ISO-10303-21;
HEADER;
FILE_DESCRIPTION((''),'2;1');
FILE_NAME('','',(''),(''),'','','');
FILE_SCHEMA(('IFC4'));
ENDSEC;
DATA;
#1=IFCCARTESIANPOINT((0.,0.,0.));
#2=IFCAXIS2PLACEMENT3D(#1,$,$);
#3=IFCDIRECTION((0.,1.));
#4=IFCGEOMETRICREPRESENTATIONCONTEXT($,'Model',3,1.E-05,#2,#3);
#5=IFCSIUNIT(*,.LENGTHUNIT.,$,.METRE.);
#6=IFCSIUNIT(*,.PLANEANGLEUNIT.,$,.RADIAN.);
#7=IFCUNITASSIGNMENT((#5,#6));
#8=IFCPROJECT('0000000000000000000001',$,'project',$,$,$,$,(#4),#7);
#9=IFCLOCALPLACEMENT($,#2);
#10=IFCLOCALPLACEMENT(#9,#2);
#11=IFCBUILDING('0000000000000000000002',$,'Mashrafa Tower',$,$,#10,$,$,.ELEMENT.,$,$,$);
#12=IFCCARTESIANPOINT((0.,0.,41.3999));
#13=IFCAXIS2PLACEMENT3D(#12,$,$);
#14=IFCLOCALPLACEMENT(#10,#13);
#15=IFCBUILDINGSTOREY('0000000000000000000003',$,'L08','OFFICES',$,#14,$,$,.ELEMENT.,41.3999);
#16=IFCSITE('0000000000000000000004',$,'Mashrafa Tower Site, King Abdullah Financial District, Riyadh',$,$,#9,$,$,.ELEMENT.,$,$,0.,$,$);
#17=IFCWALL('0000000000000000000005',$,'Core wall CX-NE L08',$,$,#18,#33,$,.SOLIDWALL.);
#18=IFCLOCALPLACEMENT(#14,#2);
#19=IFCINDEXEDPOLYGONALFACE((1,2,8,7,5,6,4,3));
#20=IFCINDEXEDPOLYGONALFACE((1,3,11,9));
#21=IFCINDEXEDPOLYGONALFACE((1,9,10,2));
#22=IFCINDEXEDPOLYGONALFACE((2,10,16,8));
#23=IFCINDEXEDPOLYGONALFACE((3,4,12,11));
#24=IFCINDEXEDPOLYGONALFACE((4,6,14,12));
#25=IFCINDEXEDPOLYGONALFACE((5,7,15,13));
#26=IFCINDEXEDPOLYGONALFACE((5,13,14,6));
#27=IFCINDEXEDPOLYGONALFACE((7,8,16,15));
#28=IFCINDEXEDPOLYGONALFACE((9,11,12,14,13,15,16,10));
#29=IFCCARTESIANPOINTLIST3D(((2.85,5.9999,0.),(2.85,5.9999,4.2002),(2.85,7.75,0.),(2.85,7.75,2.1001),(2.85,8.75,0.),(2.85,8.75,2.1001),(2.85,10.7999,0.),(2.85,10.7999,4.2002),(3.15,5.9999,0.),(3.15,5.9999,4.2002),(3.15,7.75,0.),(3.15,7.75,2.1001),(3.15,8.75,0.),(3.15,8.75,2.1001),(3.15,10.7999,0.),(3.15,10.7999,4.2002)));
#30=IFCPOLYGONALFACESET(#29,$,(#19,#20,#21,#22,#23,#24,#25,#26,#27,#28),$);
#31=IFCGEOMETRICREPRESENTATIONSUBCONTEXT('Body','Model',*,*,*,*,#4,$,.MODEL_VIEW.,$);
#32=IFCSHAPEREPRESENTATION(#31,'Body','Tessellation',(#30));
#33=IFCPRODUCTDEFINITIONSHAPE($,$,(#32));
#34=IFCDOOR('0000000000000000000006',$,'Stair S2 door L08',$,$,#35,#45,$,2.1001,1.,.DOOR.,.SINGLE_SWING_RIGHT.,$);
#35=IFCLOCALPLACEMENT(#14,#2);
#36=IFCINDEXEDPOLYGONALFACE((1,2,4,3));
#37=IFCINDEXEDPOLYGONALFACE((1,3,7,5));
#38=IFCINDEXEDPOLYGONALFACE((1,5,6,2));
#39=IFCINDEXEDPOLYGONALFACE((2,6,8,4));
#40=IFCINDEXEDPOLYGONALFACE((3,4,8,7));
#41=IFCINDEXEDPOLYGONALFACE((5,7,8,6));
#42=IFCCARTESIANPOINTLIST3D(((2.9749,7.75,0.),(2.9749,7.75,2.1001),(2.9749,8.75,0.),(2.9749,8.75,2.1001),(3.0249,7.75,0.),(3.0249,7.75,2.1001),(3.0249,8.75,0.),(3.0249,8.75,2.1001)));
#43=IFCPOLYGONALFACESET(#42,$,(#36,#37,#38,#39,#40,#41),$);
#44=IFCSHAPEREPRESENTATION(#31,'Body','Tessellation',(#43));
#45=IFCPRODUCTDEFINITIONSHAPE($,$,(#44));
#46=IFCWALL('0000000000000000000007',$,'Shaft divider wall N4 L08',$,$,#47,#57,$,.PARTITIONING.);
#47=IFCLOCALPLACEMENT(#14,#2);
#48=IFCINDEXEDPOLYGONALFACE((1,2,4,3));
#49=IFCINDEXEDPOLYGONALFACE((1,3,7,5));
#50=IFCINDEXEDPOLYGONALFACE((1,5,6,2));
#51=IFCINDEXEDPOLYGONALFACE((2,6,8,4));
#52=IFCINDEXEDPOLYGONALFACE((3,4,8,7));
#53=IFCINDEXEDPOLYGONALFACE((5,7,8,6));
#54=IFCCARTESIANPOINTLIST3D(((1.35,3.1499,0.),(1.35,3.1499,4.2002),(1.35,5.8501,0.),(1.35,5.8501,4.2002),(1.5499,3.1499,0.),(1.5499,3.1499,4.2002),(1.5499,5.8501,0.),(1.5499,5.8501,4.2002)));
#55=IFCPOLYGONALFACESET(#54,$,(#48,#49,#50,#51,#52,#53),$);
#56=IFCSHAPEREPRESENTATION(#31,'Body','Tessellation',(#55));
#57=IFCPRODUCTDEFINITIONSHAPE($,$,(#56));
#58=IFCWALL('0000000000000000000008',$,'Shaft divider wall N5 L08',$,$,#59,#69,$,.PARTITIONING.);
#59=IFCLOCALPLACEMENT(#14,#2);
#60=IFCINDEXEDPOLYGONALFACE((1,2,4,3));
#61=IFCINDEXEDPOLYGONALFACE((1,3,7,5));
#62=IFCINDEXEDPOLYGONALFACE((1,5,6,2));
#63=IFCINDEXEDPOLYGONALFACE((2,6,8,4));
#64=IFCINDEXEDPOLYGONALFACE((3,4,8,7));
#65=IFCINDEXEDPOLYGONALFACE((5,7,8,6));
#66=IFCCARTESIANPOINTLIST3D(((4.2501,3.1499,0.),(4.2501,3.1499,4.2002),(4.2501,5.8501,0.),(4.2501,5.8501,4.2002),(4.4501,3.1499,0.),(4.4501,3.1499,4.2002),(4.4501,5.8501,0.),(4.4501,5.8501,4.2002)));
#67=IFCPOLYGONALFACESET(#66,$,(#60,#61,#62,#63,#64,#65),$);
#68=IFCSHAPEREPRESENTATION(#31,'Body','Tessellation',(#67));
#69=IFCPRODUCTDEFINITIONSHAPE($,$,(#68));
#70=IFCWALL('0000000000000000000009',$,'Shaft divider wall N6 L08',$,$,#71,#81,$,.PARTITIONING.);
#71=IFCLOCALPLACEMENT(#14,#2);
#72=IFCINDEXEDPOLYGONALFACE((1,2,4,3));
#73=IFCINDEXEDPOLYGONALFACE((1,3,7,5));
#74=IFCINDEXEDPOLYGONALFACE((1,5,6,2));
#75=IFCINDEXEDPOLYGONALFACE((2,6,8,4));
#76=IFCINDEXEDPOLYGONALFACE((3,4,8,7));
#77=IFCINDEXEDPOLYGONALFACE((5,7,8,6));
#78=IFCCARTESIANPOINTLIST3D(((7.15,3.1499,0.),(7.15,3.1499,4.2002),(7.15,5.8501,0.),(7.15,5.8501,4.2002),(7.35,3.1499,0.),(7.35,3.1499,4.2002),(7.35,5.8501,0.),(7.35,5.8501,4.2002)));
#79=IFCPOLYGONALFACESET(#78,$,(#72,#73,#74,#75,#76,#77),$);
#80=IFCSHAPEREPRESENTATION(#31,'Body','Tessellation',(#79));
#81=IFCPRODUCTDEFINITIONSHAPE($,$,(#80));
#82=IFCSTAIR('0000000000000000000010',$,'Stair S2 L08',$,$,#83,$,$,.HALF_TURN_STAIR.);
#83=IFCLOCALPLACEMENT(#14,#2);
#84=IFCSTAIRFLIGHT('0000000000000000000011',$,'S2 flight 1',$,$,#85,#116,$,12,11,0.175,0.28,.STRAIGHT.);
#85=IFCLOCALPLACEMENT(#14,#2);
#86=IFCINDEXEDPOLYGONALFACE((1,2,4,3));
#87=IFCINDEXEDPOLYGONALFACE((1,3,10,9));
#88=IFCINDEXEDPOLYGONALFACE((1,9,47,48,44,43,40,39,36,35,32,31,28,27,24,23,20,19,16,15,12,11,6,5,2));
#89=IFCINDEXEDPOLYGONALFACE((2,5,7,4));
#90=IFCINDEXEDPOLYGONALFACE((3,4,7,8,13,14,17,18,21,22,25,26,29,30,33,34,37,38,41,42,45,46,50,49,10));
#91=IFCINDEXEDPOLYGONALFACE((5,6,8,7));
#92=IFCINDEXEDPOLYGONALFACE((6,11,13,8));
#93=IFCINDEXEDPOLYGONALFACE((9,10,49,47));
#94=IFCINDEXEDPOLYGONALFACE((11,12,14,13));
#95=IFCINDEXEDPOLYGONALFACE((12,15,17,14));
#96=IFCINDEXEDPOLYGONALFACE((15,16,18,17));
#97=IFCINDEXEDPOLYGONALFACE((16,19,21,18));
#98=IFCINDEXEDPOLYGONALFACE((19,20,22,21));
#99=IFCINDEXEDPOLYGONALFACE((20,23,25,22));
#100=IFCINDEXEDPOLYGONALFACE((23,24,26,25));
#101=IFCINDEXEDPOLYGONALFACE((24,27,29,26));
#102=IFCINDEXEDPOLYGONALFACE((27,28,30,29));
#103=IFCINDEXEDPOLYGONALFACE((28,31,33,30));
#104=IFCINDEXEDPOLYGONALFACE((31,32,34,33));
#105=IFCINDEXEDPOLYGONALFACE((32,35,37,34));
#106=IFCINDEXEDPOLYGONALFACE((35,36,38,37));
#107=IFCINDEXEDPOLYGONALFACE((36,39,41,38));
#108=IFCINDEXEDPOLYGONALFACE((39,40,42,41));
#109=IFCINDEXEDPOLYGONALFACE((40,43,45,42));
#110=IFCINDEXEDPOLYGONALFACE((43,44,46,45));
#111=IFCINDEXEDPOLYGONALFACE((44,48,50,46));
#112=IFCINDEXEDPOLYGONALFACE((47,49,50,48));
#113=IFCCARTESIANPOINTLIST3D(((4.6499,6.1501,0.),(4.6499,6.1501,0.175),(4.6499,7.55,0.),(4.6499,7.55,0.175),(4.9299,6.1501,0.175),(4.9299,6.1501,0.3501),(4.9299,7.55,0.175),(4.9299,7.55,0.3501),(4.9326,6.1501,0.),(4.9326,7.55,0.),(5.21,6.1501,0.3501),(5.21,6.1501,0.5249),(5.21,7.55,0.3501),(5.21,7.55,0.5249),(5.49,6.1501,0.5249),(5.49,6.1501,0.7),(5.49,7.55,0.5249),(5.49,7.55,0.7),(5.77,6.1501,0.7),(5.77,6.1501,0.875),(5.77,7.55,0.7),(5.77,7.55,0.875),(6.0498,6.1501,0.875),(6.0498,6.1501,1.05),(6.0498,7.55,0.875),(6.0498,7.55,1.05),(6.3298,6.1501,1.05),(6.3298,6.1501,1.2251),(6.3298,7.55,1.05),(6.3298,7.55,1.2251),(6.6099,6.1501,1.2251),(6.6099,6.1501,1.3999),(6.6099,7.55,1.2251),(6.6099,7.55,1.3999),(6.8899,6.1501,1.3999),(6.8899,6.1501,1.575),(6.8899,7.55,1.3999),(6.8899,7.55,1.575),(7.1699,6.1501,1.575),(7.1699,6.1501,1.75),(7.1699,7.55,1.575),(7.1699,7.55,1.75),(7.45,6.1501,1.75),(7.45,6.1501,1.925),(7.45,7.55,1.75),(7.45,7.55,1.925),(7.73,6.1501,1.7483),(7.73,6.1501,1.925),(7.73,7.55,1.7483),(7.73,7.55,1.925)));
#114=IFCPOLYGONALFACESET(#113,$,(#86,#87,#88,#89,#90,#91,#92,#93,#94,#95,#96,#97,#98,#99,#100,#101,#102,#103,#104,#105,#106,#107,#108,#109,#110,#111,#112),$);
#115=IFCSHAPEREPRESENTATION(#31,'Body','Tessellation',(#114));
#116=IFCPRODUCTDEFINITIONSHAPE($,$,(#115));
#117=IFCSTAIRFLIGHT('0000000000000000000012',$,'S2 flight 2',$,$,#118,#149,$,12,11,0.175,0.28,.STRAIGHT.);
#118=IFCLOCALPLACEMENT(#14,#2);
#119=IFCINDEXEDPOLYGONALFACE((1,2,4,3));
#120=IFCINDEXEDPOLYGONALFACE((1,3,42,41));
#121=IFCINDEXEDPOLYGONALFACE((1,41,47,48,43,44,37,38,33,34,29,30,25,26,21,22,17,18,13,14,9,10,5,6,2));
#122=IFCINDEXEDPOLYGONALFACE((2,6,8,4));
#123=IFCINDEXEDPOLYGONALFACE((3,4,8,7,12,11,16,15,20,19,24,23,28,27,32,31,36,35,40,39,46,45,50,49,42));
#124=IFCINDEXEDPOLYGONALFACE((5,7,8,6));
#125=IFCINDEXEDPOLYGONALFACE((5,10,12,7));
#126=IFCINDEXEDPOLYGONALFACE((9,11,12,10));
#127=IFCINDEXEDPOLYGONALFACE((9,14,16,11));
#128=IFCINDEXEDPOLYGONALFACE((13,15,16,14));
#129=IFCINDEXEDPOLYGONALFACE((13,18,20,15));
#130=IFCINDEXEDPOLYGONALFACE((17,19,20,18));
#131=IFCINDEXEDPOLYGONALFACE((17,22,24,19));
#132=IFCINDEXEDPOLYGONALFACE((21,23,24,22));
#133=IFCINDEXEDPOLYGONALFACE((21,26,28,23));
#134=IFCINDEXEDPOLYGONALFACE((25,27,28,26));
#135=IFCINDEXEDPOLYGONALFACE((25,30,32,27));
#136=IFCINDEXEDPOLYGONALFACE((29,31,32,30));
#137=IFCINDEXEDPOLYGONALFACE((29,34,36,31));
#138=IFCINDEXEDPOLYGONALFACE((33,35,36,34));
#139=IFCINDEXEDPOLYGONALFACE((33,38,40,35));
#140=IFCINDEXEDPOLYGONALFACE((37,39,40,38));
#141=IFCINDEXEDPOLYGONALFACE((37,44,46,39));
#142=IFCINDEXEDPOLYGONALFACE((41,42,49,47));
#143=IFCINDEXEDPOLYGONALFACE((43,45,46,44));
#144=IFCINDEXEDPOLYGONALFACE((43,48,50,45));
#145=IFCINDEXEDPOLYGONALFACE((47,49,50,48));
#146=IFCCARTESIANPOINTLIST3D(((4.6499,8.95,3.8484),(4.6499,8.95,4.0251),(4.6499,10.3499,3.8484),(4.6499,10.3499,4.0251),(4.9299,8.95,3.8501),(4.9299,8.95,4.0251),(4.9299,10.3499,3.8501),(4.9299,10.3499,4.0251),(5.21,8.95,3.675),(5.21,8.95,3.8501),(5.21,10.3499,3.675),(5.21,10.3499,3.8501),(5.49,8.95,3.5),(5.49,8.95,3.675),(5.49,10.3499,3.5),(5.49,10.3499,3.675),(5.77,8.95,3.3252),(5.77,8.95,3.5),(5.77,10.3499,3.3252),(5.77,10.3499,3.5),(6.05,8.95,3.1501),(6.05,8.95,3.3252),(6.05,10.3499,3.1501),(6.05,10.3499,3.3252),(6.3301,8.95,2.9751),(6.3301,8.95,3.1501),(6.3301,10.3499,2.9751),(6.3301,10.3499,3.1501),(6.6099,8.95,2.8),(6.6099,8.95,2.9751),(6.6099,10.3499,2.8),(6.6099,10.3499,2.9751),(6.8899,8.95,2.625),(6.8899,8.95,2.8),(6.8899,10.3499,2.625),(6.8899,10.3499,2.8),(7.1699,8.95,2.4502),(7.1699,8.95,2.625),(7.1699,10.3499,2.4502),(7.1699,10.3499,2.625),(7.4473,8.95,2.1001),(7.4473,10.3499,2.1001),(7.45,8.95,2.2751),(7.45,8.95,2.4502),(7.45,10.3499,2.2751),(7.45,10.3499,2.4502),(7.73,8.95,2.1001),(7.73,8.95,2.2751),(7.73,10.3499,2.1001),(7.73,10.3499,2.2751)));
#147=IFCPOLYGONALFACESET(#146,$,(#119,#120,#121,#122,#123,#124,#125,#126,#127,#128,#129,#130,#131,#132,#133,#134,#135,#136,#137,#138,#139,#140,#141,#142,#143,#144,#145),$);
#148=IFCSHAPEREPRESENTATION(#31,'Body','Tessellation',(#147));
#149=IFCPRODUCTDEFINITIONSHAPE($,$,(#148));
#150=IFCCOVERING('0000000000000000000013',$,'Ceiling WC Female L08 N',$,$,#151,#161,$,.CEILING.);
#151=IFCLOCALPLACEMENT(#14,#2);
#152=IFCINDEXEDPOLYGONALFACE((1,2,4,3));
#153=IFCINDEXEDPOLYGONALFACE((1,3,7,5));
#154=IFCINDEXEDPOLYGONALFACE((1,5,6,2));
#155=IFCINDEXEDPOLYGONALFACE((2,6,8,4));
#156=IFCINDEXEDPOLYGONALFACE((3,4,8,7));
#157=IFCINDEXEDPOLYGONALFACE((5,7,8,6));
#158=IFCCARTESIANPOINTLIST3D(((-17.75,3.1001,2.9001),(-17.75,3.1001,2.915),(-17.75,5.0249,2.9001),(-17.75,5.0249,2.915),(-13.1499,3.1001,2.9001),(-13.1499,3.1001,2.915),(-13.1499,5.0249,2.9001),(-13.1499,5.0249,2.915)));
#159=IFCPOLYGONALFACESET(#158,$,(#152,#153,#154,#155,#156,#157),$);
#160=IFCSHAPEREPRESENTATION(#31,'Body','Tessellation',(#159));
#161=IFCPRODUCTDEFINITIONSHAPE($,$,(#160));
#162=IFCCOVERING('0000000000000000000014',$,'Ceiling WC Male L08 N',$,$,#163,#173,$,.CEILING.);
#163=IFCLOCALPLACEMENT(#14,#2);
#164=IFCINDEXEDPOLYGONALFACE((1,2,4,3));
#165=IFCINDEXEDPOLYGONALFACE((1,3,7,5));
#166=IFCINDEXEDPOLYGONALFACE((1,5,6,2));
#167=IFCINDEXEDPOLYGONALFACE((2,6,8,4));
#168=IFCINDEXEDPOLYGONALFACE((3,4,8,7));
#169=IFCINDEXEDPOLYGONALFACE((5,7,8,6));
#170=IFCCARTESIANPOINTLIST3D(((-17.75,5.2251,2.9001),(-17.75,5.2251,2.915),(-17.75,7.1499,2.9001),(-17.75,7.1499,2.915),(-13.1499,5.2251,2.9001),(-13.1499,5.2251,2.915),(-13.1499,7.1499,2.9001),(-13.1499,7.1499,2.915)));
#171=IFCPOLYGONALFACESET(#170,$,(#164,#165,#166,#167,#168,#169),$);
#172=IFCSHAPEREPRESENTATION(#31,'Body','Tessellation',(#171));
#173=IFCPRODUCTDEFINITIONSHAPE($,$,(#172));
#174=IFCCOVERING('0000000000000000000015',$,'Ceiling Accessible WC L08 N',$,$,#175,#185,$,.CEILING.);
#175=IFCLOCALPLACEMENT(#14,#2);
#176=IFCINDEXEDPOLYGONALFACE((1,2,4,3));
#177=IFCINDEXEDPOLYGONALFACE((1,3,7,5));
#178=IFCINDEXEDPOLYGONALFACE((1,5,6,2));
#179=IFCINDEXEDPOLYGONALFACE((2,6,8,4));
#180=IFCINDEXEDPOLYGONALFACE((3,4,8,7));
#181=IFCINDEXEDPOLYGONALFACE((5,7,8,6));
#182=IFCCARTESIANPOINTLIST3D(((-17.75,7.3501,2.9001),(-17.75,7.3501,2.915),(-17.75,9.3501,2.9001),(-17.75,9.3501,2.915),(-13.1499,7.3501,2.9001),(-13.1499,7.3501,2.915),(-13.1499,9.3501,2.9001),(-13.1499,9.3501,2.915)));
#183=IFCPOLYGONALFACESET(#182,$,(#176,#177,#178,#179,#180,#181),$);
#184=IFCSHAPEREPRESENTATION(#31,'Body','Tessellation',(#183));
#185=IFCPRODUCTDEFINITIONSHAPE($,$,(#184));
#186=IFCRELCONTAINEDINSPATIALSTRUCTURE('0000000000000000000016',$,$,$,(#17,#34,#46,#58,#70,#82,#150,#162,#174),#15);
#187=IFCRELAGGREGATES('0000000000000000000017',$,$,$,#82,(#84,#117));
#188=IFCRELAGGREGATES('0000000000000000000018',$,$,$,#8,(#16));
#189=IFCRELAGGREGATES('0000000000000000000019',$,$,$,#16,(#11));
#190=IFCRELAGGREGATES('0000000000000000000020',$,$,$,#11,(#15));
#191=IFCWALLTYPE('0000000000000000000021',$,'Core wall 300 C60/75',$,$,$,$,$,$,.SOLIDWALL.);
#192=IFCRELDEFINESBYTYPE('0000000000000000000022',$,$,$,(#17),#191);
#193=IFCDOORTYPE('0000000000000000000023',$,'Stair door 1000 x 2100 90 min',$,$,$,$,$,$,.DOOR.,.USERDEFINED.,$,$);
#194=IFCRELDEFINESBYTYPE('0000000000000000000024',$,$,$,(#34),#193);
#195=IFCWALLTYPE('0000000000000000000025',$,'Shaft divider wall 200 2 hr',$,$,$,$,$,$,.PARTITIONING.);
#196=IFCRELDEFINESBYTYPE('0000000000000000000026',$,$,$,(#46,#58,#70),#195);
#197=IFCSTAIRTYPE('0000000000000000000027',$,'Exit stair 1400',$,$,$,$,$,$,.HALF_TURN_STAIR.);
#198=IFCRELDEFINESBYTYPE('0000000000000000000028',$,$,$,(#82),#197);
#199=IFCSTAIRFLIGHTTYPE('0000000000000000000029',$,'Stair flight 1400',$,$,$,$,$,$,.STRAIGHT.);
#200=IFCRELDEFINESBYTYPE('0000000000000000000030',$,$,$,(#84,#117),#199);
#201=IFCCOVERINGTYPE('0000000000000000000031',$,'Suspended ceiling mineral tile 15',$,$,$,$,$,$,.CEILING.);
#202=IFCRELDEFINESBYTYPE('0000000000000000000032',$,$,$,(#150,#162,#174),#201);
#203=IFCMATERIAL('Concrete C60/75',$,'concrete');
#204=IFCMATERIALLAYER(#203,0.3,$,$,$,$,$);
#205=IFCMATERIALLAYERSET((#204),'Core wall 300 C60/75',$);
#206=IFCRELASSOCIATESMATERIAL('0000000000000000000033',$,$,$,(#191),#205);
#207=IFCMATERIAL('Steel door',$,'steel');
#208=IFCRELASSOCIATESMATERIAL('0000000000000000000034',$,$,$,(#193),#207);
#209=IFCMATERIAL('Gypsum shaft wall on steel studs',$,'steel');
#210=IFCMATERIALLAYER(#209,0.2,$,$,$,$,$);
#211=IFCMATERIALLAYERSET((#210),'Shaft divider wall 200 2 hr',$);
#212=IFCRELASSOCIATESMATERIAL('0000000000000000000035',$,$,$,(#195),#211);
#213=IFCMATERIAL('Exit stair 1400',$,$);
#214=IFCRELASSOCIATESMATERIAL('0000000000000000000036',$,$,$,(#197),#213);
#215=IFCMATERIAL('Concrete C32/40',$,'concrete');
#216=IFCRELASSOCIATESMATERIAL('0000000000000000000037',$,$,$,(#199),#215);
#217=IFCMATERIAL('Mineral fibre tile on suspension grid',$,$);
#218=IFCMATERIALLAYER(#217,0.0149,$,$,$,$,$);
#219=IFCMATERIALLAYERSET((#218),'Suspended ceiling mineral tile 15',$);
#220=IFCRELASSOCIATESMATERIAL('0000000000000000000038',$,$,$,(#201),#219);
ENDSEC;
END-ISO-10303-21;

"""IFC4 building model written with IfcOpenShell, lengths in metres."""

from ifc_helpers import new_model, si_unit, direction, frame, frame_2d, origin, place, context, subcontext, project, spatial, polyline, rectangle, outline, extrude, material, layer, layer_set, type_object, element, fill, aggregate, save


model = new_model("IFC4")

# Units and contexts
model_context = context("Model", 3, precision=1e-05, world=origin(), true_north=direction((0.0, 1.0)))
body_context = subcontext(model_context, "Body", "Model", "MODEL_VIEW")
ifc_project = project(units=[si_unit("LENGTHUNIT", "METRE"), si_unit("PLANEANGLEUNIT", "RADIAN")], contexts=[model_context])

# Site, building, storey
site_placement = place(None, origin())
site = spatial("IfcSite", under=ifc_project, at=site_placement, Name="Mashrafa Tower Site, King Abdullah Financial District, Riyadh", CompositionType="ELEMENT", RefElevation=0.0)
building_placement = place(site_placement, origin())
building = spatial("IfcBuilding", under=site, at=building_placement, Name="Mashrafa Tower", CompositionType="ELEMENT")
storey_placement = place(building_placement, frame((0.0, 0.0, 41.3999)))
storey = spatial("IfcBuildingStorey", under=building, at=storey_placement, Name="L08", Description="OFFICES", CompositionType="ELEMENT", Elevation=41.3999)

# Wall, opening, door
ifc_material_1 = material(Name="Concrete C60/75", Category="concrete")
ifc_layer_1 = layer(ifc_material_1, 0.3)
ifc_layer_set_1 = layer_set([ifc_layer_1], Name="Core wall 300 C60/75")
wall_type_1 = type_object("IfcWallType", Name="Core wall 300 C60/75", PredefinedType="SOLIDWALL", material=ifc_layer_set_1)
wall_placement = place(storey_placement, frame((3.0, 6.0, 0.0), z_axis=(0.0, 0.0, 1.0), x_axis=(0.0, 1.0, 0.0)))
wall = element("IfcWall", 1, at=wall_placement, inside=storey, type_object=wall_type_1, Name="Core wall CX-NE L08", PredefinedType="SOLIDWALL", context=body_context, shape_type="SweptSolid", body=[
    extrude(rectangle(XDim=4.8, YDim=0.3, at=frame_2d((2.3999, 0.0))), origin(), (0.0, 0.0, 1.0), 4.2002),
])
opening_placement = place(wall_placement, frame((1.75, 0.0, 0.0)))
opening = element("IfcOpeningElement", 2, at=opening_placement, cuts=wall, PredefinedType="OPENING", context=body_context, shape_type="SweptSolid", body=[
    extrude(rectangle(XDim=1.0, YDim=2.1001, at=frame_2d((0.5, 1.05))), frame((0.0, 0.1599, 0.0), z_axis=(0.0, -1.0, 0.0), x_axis=(1.0, 0.0, 0.0)), (0.0, 0.0, 1.0), 0.3201),
])
ifc_material_2 = material(Name="Steel door", Category="steel")
door_type = type_object("IfcDoorType", Name="Stair door 1000 x 2100 90 min", OperationType="USERDEFINED", PredefinedType="DOOR", material=ifc_material_2)
door_placement = place(opening_placement, frame((1.0, 0.0, 0.0), z_axis=(0.0, 0.0, 1.0), x_axis=(-1.0, 0.0, 0.0)))
door = element("IfcDoor", 3, at=door_placement, inside=storey, type_object=door_type, Name="Stair S2 door L08", OperationType="SINGLE_SWING_RIGHT", OverallHeight=2.1001, OverallWidth=1.0, PredefinedType="DOOR", context=body_context, shape_type="SweptSolid", body=[
    extrude(rectangle(XDim=1.0, YDim=2.1001, at=frame_2d((0.5, 1.05))), frame((0.0, 0.0249, 0.0), z_axis=(0.0, -1.0, 0.0), x_axis=(1.0, 0.0, 0.0)), (0.0, 0.0, 1.0), 0.05),
])
fill(opening, door)

# Walls
ifc_material_3 = material(Name="Gypsum shaft wall on steel studs", Category="steel")
ifc_layer_2 = layer(ifc_material_3, 0.2)
ifc_layer_set_2 = layer_set([ifc_layer_2], Name="Shaft divider wall 200 2 hr")
wall_type_2 = type_object("IfcWallType", Name="Shaft divider wall 200 2 hr", PredefinedType="PARTITIONING", material=ifc_layer_set_2)
for number, where, z_axis, x_axis, name in (
    (4, (1.45, 3.1499, 0.0), (0.0, 0.0, 1.0), (0.0, 1.0, 0.0), "Shaft divider wall N4 L08"),
    (5, (4.3501, 3.1499, 0.0), (0.0, 0.0, 1.0), (0.0, 1.0, 0.0), "Shaft divider wall N5 L08"),
    (6, (7.25, 3.1499, 0.0), (0.0, 0.0, 1.0), (0.0, 1.0, 0.0), "Shaft divider wall N6 L08"),
):
    element("IfcWall", number, at=place(storey_placement, frame(where, z_axis=z_axis, x_axis=x_axis)), inside=storey, type_object=wall_type_2, Name=name, PredefinedType="PARTITIONING", context=body_context, shape_type="SweptSolid", body=[
        extrude(rectangle(XDim=2.7002, YDim=0.2, at=frame_2d((1.3501, 0.0))), origin(), (0.0, 0.0, 1.0), 4.2002),
    ])

# Stair, stair flights
ifc_material_4 = material(Name="Exit stair 1400")
stair_type = type_object("IfcStairType", Name="Exit stair 1400", PredefinedType="HALF_TURN_STAIR", material=ifc_material_4)
stair_placement = place(storey_placement, origin())
stair = element("IfcStair", 7, at=stair_placement, inside=storey, type_object=stair_type, Name="Stair S2 L08", PredefinedType="HALF_TURN_STAIR")
ifc_material_5 = material(Name="Concrete C32/40", Category="concrete")
stair_flight_type = type_object("IfcStairFlightType", Name="Stair flight 1400", PredefinedType="STRAIGHT", material=ifc_material_5)
stair_flight_1_placement = place(storey_placement, frame((4.6499, 6.8501, 0.0), z_axis=(0.0, 0.0, 1.0), x_axis=(1.0, 0.0, 0.0)))
stair_flight_1 = element("IfcStairFlight", 8, at=stair_flight_1_placement, type_object=stair_flight_type, Name="S2 flight 1", NumberOfRisers=12, NumberOfTreads=11, PredefinedType="STRAIGHT", RiserHeight=0.175, TreadLength=0.28, context=body_context, shape_type="SweptSolid", body=[
    extrude(outline(polyline([(0.0, 0.0), (0.0, 0.175), (0.28, 0.175), (0.28, 0.3501), (0.5601, 0.3501), (0.5601, 0.5249), (0.8401, 0.5249), (0.8401, 0.7), (1.1201, 0.7), (1.1201, 0.875), (1.3999, 0.875), (1.3999, 1.05), (1.6799, 1.05), (1.6799, 1.2251), (1.96, 1.2251), (1.96, 1.3999), (2.24, 1.3999), (2.24, 1.575), (2.52, 1.575), (2.52, 1.75), (2.8, 1.75), (2.8, 1.925), (3.0801, 1.925), (3.0801, 2.1001), (3.0801, 1.7483), (0.2827, 0.0), (0.0, 0.0)])), frame((0.0, 0.7, 0.0), z_axis=(0.0, -1.0, 0.0), x_axis=(1.0, 0.0, 0.0)), (0.0, 0.0, 1.0), 1.3999),
])
stair_flight_2_placement = place(storey_placement, frame((7.73, 9.6499, 2.1001), z_axis=(0.0, 0.0, 1.0), x_axis=(-1.0, 0.0, 0.0)))
stair_flight_2 = element("IfcStairFlight", 9, at=stair_flight_2_placement, type_object=stair_flight_type, Name="S2 flight 2", NumberOfRisers=12, NumberOfTreads=11, PredefinedType="STRAIGHT", RiserHeight=0.175, TreadLength=0.28, context=body_context, shape_type="SweptSolid", body=[
    extrude(outline(polyline([(0.0, 0.0), (0.0, 0.175), (0.28, 0.175), (0.28, 0.3501), (0.5601, 0.3501), (0.5601, 0.5249), (0.8401, 0.5249), (0.8401, 0.7), (1.1201, 0.7), (1.1201, 0.875), (1.3999, 0.875), (1.3999, 1.05), (1.6799, 1.05), (1.6799, 1.2251), (1.96, 1.2251), (1.96, 1.3999), (2.24, 1.3999), (2.24, 1.575), (2.52, 1.575), (2.52, 1.75), (2.8, 1.75), (2.8, 1.925), (3.0801, 1.925), (3.0801, 2.1001), (3.0801, 1.7483), (0.2827, 0.0), (0.0, 0.0)])), frame((0.0, 0.7, 0.0), z_axis=(0.0, -1.0, 0.0), x_axis=(1.0, 0.0, 0.0)), (0.0, 0.0, 1.0), 1.3999),
])
aggregate(stair, [stair_flight_1, stair_flight_2])

# Coverings
ifc_material_6 = material(Name="Mineral fibre tile on suspension grid")
ifc_layer_3 = layer(ifc_material_6, 0.0149)
ifc_layer_set_3 = layer_set([ifc_layer_3], Name="Suspended ceiling mineral tile 15")
covering_type = type_object("IfcCoveringType", Name="Suspended ceiling mineral tile 15", PredefinedType="CEILING", material=ifc_layer_set_3)
covering_1_placement = place(storey_placement, frame((0.0, 0.0, 2.9001)))
element("IfcCovering", 10, at=covering_1_placement, inside=storey, type_object=covering_type, Name="Ceiling WC Female L08 N", PredefinedType="CEILING", context=body_context, shape_type="SweptSolid", body=[
    extrude(outline(polyline([(-17.75, 3.1001), (-17.75, 5.0249), (-13.1499, 5.0249), (-13.1499, 3.1001), (-17.75, 3.1001)])), origin(), (0.0, 0.0, 1.0), 0.0149),
])
covering_2_placement = place(storey_placement, frame((0.0, 0.0, 2.9001)))
element("IfcCovering", 11, at=covering_2_placement, inside=storey, type_object=covering_type, Name="Ceiling WC Male L08 N", PredefinedType="CEILING", context=body_context, shape_type="SweptSolid", body=[
    extrude(outline(polyline([(-17.75, 5.2251), (-17.75, 7.1499), (-13.1499, 7.1499), (-13.1499, 5.2251), (-17.75, 5.2251)])), origin(), (0.0, 0.0, 1.0), 0.0149),
])
covering_3_placement = place(storey_placement, frame((0.0, 0.0, 2.9001)))
element("IfcCovering", 12, at=covering_3_placement, inside=storey, type_object=covering_type, Name="Ceiling Accessible WC L08 N", PredefinedType="CEILING", context=body_context, shape_type="SweptSolid", body=[
    extrude(outline(polyline([(-17.75, 7.3501), (-17.75, 9.3501), (-13.1499, 9.3501), (-13.1499, 7.3501), (-17.75, 7.3501)])), origin(), (0.0, 0.0, 1.0), 0.0149),
])

save(model, "model.ifc")
